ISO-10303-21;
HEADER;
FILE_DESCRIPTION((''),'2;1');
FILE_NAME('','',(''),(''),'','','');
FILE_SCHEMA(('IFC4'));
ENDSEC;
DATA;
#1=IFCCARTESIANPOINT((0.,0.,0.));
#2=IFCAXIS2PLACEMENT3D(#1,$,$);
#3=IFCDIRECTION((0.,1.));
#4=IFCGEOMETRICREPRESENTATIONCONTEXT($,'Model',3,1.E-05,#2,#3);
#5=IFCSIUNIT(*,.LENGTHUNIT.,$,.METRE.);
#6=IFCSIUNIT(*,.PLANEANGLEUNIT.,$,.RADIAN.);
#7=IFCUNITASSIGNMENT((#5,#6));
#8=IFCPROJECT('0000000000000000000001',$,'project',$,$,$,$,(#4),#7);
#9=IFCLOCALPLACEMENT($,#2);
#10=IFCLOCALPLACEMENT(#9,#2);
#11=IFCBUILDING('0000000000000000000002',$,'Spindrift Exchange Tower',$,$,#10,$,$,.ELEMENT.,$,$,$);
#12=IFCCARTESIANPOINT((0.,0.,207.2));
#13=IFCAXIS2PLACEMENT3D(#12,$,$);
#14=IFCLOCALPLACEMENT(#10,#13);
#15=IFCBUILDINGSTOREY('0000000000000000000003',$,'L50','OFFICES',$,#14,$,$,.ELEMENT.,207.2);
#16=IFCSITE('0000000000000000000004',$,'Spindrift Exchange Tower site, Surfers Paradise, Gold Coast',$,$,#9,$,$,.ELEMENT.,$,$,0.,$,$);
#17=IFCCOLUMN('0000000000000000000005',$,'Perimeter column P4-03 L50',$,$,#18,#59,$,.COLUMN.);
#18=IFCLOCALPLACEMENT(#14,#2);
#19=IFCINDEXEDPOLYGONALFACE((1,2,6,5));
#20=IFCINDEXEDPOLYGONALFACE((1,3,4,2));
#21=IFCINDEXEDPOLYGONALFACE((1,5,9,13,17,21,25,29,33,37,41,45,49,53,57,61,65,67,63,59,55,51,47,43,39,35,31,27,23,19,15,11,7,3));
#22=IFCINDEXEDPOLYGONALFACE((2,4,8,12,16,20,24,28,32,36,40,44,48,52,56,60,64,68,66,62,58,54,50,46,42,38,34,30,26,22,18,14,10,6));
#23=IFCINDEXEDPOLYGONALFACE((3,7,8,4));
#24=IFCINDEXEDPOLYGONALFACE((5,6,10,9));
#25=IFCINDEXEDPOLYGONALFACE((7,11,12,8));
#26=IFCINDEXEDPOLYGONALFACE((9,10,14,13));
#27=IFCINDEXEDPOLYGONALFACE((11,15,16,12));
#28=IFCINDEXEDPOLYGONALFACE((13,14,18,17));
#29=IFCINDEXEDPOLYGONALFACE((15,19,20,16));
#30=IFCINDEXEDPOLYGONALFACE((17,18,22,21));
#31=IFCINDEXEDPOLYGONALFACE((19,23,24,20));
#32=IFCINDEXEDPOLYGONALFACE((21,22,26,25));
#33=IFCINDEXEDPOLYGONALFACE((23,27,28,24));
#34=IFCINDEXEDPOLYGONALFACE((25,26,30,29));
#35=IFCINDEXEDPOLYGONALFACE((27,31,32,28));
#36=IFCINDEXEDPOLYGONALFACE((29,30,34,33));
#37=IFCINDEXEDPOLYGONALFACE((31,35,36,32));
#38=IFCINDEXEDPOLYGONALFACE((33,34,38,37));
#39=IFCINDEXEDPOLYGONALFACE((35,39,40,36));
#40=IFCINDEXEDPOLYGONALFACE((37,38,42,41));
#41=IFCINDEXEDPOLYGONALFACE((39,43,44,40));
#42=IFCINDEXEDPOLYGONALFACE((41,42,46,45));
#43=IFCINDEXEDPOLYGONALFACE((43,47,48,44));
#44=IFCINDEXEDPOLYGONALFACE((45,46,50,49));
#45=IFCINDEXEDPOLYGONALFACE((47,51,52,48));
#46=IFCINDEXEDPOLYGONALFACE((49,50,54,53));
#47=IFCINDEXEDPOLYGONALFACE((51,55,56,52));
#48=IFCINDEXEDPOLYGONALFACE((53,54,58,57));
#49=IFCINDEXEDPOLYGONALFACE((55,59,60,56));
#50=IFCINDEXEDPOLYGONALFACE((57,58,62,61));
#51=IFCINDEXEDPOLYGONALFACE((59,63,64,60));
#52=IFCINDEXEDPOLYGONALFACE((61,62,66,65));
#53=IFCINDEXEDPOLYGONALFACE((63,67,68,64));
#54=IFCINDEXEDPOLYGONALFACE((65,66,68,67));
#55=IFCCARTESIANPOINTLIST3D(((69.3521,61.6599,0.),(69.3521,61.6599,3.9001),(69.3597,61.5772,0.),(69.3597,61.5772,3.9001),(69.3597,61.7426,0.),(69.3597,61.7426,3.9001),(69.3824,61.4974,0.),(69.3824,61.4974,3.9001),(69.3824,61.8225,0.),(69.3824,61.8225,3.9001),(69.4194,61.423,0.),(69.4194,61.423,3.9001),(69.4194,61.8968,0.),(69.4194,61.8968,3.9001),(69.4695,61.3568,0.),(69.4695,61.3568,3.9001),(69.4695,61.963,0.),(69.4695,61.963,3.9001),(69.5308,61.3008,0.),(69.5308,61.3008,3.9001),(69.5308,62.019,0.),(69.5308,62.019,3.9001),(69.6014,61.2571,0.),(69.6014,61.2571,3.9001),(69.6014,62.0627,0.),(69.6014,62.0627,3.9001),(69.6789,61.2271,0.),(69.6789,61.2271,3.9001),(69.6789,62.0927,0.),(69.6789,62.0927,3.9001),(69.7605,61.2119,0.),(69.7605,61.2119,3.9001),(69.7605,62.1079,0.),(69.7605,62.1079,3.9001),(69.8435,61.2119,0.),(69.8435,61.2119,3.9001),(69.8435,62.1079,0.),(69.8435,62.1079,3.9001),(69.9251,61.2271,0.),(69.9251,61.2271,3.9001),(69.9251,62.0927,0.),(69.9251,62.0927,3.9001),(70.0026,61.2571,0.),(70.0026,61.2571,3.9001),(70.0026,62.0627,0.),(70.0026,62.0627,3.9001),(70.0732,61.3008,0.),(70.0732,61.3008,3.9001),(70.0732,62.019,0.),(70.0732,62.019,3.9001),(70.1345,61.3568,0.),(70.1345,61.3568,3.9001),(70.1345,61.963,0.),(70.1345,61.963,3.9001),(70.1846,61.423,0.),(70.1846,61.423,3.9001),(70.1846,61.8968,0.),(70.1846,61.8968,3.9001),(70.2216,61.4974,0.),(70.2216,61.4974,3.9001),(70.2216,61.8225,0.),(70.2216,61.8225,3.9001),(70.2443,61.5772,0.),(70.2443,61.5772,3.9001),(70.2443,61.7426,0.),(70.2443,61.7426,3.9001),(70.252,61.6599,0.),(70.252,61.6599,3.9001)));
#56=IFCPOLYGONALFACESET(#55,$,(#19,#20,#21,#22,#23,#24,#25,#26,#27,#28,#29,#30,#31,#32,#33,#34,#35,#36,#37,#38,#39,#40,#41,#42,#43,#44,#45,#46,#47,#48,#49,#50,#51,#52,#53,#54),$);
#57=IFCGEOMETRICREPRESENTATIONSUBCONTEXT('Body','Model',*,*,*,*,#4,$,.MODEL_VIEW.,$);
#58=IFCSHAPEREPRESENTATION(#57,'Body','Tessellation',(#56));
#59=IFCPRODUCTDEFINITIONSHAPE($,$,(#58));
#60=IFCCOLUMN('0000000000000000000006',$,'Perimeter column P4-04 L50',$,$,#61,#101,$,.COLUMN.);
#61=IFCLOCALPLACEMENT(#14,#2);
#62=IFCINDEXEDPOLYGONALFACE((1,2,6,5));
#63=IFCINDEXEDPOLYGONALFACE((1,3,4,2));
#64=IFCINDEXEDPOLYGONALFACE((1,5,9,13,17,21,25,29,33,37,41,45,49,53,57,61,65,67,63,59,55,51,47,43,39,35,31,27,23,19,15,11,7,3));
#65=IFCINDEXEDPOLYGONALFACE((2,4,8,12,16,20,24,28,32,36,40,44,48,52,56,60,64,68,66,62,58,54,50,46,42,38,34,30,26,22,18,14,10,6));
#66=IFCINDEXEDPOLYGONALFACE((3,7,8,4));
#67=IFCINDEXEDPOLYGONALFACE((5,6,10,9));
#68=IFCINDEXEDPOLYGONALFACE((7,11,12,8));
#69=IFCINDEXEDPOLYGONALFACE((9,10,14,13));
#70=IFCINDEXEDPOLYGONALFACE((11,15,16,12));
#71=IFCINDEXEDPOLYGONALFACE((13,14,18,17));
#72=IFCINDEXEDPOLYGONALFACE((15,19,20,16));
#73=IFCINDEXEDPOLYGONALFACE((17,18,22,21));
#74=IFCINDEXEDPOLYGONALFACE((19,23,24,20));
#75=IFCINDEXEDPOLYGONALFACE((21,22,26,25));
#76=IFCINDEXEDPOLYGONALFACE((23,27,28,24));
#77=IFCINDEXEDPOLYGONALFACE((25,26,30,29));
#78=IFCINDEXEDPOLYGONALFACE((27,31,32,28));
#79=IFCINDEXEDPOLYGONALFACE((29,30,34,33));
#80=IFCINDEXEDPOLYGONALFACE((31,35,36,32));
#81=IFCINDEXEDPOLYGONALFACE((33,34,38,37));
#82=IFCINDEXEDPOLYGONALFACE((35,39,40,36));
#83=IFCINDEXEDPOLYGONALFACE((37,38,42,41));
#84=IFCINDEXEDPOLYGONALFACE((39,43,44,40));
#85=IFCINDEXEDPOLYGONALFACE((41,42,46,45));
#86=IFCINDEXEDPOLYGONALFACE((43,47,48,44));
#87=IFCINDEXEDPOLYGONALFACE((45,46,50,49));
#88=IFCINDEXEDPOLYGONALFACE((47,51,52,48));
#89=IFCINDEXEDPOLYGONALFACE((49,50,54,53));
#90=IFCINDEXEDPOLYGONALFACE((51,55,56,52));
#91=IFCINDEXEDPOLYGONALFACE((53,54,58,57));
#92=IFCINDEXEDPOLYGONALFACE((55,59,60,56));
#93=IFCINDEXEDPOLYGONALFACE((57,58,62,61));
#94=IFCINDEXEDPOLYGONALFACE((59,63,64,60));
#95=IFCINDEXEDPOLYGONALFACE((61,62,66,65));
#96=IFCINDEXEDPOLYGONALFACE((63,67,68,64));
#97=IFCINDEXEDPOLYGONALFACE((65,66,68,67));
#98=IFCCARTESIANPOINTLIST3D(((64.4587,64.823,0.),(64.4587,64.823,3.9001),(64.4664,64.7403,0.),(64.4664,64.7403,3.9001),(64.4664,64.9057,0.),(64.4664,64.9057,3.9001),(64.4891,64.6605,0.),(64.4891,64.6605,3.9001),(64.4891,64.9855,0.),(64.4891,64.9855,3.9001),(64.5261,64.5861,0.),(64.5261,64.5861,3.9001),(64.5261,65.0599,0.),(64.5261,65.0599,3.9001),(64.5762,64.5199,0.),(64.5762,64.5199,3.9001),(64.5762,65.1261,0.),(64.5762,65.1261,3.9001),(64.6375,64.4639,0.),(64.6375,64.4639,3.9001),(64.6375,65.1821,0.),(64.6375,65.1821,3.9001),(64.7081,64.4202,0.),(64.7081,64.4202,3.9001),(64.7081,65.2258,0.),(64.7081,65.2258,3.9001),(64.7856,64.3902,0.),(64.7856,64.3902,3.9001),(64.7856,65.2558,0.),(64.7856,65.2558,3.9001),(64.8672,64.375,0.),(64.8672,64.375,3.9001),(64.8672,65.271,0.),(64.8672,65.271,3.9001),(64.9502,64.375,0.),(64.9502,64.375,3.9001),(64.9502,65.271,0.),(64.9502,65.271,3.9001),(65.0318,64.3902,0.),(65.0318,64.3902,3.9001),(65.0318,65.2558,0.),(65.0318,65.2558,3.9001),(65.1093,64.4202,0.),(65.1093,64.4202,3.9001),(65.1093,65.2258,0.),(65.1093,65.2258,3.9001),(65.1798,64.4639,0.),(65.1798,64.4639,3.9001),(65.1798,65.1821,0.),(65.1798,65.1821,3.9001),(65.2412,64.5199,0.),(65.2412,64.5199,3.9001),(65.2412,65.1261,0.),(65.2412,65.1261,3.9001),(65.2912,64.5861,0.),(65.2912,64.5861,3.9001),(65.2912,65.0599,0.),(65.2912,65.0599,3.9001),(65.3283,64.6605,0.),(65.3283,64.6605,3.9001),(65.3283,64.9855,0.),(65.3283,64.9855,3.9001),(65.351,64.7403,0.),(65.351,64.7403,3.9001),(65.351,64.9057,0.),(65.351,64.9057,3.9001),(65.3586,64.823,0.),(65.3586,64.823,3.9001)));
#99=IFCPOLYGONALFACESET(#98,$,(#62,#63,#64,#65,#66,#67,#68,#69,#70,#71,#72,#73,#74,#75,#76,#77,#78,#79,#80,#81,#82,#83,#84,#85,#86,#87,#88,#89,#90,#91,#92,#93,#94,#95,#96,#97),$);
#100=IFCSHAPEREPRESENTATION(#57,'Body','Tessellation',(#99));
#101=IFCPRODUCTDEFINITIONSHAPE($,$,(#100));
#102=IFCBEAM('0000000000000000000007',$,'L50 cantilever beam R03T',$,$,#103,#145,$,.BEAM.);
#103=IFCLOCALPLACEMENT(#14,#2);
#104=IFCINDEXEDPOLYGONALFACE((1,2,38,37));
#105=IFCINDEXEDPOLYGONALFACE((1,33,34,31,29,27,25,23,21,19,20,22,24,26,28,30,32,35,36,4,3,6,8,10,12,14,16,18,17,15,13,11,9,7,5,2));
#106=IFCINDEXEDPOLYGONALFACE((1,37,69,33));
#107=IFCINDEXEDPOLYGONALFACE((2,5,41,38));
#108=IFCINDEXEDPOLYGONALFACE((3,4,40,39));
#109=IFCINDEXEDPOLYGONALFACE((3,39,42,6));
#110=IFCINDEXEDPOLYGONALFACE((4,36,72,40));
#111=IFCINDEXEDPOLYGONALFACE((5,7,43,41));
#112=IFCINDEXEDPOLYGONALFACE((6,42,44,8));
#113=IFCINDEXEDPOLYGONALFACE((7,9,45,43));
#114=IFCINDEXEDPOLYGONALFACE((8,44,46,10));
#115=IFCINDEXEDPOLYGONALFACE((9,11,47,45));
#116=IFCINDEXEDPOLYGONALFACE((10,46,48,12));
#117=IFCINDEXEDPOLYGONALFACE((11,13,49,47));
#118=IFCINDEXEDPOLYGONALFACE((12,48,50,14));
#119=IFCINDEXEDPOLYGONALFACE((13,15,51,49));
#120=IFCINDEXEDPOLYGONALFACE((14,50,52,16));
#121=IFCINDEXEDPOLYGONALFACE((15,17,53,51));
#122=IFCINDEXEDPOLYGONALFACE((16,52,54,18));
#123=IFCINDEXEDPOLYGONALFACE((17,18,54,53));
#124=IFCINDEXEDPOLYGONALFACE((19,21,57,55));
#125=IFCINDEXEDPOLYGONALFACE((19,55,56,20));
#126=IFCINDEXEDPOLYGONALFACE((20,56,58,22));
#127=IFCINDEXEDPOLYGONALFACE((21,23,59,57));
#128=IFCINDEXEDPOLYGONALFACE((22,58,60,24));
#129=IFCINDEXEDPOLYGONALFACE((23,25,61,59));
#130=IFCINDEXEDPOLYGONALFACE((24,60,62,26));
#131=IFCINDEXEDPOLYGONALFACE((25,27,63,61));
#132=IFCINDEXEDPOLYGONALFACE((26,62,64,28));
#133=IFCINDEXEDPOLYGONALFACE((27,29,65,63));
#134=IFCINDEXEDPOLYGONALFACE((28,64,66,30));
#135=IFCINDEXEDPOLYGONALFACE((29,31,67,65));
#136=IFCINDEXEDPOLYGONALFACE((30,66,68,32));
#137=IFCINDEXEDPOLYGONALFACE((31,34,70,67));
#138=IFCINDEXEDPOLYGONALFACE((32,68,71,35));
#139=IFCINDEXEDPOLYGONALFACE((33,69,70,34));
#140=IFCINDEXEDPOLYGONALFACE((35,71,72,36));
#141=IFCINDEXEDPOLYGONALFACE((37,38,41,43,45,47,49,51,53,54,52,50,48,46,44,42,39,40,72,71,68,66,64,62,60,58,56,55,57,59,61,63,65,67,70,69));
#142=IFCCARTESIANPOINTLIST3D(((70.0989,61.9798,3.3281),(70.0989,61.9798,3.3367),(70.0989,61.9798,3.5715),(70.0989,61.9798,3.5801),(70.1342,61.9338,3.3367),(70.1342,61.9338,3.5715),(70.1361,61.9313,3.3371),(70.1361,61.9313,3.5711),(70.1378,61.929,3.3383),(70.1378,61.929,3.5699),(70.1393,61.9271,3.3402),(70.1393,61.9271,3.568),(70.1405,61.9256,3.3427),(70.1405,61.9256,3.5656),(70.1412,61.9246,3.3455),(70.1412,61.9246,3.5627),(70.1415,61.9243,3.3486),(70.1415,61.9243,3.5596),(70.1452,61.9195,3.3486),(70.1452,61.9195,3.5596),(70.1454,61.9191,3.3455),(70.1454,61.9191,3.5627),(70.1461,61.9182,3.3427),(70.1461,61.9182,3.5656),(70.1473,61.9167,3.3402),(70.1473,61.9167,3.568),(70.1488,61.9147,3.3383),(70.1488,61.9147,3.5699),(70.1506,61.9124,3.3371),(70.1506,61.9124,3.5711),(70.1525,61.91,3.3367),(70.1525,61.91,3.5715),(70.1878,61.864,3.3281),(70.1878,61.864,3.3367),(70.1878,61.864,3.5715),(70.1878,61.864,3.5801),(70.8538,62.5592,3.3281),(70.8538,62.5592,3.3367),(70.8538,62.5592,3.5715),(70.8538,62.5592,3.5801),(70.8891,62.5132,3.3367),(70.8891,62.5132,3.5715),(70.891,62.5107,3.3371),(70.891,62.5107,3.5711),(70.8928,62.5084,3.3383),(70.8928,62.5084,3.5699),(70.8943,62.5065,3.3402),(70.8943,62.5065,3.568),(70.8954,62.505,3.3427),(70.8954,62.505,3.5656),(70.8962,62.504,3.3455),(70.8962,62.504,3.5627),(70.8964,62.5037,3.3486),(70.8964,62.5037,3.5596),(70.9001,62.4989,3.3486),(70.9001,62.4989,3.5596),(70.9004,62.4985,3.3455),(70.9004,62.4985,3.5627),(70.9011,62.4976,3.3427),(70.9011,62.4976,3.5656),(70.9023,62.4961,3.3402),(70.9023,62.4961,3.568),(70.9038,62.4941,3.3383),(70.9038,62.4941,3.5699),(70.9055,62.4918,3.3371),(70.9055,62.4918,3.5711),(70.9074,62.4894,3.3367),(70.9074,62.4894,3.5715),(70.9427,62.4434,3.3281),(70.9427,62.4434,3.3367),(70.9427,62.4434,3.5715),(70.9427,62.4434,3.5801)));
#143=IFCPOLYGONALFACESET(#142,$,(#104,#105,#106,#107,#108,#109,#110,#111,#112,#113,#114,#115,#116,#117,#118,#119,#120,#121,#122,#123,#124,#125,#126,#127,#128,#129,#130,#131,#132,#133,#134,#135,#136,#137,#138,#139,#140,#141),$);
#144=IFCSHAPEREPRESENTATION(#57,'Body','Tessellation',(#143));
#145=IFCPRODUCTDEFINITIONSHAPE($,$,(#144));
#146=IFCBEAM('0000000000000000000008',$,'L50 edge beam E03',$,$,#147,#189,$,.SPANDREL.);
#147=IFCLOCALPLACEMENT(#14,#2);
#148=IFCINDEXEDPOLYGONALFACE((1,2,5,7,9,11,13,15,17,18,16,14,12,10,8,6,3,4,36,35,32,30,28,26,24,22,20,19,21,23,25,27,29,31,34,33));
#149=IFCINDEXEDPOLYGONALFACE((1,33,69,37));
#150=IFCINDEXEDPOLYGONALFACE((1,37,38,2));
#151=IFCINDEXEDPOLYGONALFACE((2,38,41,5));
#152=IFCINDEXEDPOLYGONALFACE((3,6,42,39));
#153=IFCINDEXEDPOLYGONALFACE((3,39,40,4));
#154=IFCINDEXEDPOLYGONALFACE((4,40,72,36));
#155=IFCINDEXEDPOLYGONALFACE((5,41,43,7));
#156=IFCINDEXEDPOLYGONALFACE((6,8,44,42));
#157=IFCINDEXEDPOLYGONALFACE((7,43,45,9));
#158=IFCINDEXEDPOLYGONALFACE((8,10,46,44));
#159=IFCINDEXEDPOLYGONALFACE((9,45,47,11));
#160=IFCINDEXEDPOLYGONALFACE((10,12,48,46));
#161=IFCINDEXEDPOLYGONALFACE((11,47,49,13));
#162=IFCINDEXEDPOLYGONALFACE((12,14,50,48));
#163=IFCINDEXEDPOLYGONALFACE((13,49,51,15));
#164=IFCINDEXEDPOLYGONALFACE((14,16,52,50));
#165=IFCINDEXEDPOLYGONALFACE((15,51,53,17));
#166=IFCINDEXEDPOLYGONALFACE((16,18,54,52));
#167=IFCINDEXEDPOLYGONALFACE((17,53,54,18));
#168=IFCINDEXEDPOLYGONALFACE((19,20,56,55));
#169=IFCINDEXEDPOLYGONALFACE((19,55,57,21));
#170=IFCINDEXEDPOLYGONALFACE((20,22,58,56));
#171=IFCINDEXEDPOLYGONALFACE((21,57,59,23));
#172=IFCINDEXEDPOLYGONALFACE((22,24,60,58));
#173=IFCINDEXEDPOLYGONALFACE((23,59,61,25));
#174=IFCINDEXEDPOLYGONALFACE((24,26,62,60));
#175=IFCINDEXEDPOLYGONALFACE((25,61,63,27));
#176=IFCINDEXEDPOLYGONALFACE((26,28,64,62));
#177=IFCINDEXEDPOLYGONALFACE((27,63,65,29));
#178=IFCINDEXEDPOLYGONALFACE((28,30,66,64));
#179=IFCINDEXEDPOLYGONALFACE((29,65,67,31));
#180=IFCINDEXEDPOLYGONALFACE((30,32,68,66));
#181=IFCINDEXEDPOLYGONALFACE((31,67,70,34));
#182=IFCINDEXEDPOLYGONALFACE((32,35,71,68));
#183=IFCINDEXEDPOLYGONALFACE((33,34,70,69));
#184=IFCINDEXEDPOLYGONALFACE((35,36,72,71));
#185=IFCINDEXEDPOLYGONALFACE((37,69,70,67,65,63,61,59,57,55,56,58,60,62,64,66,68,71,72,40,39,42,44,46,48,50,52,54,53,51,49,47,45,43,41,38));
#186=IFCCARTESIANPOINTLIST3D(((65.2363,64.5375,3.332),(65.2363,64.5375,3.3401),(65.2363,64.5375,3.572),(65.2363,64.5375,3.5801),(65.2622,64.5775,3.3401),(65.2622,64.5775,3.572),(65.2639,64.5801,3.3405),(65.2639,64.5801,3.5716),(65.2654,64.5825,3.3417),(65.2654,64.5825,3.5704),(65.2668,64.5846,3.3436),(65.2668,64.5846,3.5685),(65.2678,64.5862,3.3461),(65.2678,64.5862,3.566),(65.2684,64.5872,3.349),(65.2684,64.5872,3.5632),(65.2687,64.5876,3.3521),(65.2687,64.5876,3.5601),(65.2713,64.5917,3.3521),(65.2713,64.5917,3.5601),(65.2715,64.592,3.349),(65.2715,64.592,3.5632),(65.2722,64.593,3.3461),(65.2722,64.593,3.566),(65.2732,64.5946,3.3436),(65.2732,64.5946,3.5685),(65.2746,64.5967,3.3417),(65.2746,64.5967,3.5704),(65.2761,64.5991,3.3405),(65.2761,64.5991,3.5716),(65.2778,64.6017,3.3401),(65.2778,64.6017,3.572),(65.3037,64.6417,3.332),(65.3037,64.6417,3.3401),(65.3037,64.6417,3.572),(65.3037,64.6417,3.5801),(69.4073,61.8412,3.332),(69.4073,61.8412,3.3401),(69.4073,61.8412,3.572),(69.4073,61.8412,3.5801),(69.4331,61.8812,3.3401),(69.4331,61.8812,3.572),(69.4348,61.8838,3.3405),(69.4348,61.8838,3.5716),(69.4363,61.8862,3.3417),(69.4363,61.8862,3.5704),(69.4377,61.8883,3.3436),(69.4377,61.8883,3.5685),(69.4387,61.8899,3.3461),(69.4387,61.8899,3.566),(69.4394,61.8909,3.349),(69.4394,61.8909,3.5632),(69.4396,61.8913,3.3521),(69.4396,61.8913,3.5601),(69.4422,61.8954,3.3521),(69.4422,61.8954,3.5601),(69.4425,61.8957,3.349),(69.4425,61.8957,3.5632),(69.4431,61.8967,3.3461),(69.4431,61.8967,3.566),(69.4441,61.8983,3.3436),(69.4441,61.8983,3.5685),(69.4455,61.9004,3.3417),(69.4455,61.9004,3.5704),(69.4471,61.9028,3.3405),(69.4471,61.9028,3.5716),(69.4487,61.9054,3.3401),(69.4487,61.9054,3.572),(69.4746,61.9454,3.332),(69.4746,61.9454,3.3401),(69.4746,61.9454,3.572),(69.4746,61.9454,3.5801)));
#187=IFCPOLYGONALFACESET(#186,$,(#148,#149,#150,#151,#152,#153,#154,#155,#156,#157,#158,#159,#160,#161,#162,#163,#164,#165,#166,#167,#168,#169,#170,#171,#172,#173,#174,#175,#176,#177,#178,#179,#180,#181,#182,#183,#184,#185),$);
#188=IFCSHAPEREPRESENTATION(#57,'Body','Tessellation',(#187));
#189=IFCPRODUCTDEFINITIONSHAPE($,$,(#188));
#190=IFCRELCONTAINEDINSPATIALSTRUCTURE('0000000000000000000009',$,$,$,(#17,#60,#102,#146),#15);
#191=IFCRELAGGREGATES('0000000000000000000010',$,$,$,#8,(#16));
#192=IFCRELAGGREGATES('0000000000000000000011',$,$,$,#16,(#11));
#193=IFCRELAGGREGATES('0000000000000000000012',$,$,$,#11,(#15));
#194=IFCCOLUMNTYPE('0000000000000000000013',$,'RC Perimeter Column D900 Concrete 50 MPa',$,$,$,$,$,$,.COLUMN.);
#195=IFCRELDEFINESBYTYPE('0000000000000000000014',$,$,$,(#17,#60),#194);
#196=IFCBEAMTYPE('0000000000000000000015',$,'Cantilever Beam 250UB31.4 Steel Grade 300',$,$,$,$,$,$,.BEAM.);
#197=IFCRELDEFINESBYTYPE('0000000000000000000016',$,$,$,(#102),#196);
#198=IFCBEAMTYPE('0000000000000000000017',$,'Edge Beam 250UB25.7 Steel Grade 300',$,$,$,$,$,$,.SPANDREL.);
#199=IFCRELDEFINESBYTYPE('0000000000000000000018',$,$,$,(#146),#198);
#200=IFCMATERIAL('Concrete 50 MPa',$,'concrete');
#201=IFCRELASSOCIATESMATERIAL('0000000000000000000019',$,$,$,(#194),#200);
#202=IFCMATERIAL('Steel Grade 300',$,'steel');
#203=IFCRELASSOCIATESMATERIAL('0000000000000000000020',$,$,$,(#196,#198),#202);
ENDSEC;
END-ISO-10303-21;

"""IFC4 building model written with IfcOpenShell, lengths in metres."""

from ifc_helpers import new_model, si_unit, direction, frame, origin, origin_2d, place, context, subcontext, project, spatial, circle, i_section, extrude, source, transform, mapped, material, material_profile, profile_set, type_object, element, save


model = new_model("IFC4")

# Units and contexts
model_context = context("Model", 3, precision=1e-05, world=origin(), true_north=direction((0.0, 1.0)))
body_context = subcontext(model_context, "Body", "Model", "MODEL_VIEW")
ifc_project = project(units=[si_unit("LENGTHUNIT", "METRE"), si_unit("PLANEANGLEUNIT", "RADIAN")], contexts=[model_context])

# Site, building, storey
site_placement = place(None, origin())
site = spatial("IfcSite", under=ifc_project, at=site_placement, Name="Spindrift Exchange Tower site, Surfers Paradise, Gold Coast", CompositionType="ELEMENT", RefElevation=0.0)
building_placement = place(site_placement, origin())
building = spatial("IfcBuilding", under=site, at=building_placement, Name="Spindrift Exchange Tower", CompositionType="ELEMENT")
storey_placement = place(building_placement, frame((0.0, 0.0, 207.2)))
storey = spatial("IfcBuildingStorey", under=building, at=storey_placement, Name="L50", Description="OFFICES", CompositionType="ELEMENT", Elevation=207.2)

# Columns
ifc_material_1 = material(Name="Concrete 50 MPa", Category="concrete")
ifc_material_profile_1 = material_profile(ifc_material_1, circle(Radius=0.45, at=origin_2d()), Name="RC D900")
ifc_profile_set_1 = profile_set([ifc_material_profile_1], Name="Concrete 50 MPa")
column_type = type_object("IfcColumnType", Name="RC Perimeter Column D900 Concrete 50 MPa", PredefinedType="COLUMN", material=ifc_profile_set_1)
shared_shape_1 = source(origin(), body_context, "Body", "SweptSolid", [
    extrude(circle(Radius=0.45, at=origin_2d()), origin(), (0.0, 0.0, 1.0), 3.9001),
])
for number, where, z_axis, x_axis, name in (
    (1, (69.802, 61.6599, 0.0), (0.0, 0.0, 1.0), (1.0, 0.0, 0.0), "Perimeter column P4-03 L50"),
    (2, (64.9087, 64.823, 0.0), (0.0, 0.0, 1.0), (1.0, 0.0, 0.0), "Perimeter column P4-04 L50"),
):
    element("IfcColumn", number, at=place(storey_placement, frame(where, z_axis=z_axis, x_axis=x_axis)), inside=storey, type_object=column_type, Name=name, PredefinedType="COLUMN", context=body_context, shape_type="MappedRepresentation", body=[
        mapped(shared_shape_1, transform((0.0, 0.0, 0.0), scale=1.0)),
    ])

# Beams
ifc_material_2 = material(Name="Steel Grade 300", Category="steel")
ifc_material_profile_2 = material_profile(ifc_material_2, i_section(OverallWidth=0.146, OverallDepth=0.252, WebThickness=0.0061, FlangeThickness=0.0085, FilletRadius=0.012, at=origin_2d()), Name="250UB31.4")
ifc_profile_set_2 = profile_set([ifc_material_profile_2], Name="Steel Grade 300")
beam_type_1 = type_object("IfcBeamType", Name="Cantilever Beam 250UB31.4 Steel Grade 300", PredefinedType="BEAM", material=ifc_profile_set_2)
shared_shape_2 = source(origin(), body_context, "Body", "SweptSolid", [
    extrude(i_section(OverallWidth=0.146, OverallDepth=0.252, WebThickness=0.0061, FlangeThickness=0.0085, FilletRadius=0.012, at=origin_2d()), origin(), (0.0, 0.0, 1.0), 0.9517),
])
beam_1_placement = place(storey_placement, frame((70.1433, 61.9219, 3.4541), z_axis=(0.793301, 0.60883, 0.0), x_axis=(-0.60883, 0.793301, 0.0)))
element("IfcBeam", 3, at=beam_1_placement, inside=storey, type_object=beam_type_1, Name="L50 cantilever beam R03T", PredefinedType="BEAM", context=body_context, shape_type="MappedRepresentation", body=[
    mapped(shared_shape_2, transform((0.0, 0.0, 0.0), scale=1.0)),
])
ifc_material_profile_3 = material_profile(ifc_material_2, i_section(OverallWidth=0.124, OverallDepth=0.248, WebThickness=0.0049, FlangeThickness=0.0081, FilletRadius=0.012, at=origin_2d()), Name="250UB25.7")
ifc_profile_set_3 = profile_set([ifc_material_profile_3], Name="Steel Grade 300")
beam_type_2 = type_object("IfcBeamType", Name="Edge Beam 250UB25.7 Steel Grade 300", PredefinedType="SPANDREL", material=ifc_profile_set_3)
shared_shape_3 = source(origin(), body_context, "Body", "SweptSolid", [
    extrude(i_section(OverallWidth=0.124, OverallDepth=0.248, WebThickness=0.0049, FlangeThickness=0.0081, FilletRadius=0.012, at=origin_2d()), origin(), (0.0, 0.0, 1.0), 4.9666),
])
beam_2_placement = place(storey_placement, frame((69.4409, 61.8933, 3.4561), z_axis=(-0.839802, 0.542893, 0.0), x_axis=(-0.542893, -0.839802, 0.0)))
element("IfcBeam", 4, at=beam_2_placement, inside=storey, type_object=beam_type_2, Name="L50 edge beam E03", PredefinedType="SPANDREL", context=body_context, shape_type="MappedRepresentation", body=[
    mapped(shared_shape_3, transform((0.0, 0.0, 0.0), scale=1.0)),
])

save(model, "model.ifc")
